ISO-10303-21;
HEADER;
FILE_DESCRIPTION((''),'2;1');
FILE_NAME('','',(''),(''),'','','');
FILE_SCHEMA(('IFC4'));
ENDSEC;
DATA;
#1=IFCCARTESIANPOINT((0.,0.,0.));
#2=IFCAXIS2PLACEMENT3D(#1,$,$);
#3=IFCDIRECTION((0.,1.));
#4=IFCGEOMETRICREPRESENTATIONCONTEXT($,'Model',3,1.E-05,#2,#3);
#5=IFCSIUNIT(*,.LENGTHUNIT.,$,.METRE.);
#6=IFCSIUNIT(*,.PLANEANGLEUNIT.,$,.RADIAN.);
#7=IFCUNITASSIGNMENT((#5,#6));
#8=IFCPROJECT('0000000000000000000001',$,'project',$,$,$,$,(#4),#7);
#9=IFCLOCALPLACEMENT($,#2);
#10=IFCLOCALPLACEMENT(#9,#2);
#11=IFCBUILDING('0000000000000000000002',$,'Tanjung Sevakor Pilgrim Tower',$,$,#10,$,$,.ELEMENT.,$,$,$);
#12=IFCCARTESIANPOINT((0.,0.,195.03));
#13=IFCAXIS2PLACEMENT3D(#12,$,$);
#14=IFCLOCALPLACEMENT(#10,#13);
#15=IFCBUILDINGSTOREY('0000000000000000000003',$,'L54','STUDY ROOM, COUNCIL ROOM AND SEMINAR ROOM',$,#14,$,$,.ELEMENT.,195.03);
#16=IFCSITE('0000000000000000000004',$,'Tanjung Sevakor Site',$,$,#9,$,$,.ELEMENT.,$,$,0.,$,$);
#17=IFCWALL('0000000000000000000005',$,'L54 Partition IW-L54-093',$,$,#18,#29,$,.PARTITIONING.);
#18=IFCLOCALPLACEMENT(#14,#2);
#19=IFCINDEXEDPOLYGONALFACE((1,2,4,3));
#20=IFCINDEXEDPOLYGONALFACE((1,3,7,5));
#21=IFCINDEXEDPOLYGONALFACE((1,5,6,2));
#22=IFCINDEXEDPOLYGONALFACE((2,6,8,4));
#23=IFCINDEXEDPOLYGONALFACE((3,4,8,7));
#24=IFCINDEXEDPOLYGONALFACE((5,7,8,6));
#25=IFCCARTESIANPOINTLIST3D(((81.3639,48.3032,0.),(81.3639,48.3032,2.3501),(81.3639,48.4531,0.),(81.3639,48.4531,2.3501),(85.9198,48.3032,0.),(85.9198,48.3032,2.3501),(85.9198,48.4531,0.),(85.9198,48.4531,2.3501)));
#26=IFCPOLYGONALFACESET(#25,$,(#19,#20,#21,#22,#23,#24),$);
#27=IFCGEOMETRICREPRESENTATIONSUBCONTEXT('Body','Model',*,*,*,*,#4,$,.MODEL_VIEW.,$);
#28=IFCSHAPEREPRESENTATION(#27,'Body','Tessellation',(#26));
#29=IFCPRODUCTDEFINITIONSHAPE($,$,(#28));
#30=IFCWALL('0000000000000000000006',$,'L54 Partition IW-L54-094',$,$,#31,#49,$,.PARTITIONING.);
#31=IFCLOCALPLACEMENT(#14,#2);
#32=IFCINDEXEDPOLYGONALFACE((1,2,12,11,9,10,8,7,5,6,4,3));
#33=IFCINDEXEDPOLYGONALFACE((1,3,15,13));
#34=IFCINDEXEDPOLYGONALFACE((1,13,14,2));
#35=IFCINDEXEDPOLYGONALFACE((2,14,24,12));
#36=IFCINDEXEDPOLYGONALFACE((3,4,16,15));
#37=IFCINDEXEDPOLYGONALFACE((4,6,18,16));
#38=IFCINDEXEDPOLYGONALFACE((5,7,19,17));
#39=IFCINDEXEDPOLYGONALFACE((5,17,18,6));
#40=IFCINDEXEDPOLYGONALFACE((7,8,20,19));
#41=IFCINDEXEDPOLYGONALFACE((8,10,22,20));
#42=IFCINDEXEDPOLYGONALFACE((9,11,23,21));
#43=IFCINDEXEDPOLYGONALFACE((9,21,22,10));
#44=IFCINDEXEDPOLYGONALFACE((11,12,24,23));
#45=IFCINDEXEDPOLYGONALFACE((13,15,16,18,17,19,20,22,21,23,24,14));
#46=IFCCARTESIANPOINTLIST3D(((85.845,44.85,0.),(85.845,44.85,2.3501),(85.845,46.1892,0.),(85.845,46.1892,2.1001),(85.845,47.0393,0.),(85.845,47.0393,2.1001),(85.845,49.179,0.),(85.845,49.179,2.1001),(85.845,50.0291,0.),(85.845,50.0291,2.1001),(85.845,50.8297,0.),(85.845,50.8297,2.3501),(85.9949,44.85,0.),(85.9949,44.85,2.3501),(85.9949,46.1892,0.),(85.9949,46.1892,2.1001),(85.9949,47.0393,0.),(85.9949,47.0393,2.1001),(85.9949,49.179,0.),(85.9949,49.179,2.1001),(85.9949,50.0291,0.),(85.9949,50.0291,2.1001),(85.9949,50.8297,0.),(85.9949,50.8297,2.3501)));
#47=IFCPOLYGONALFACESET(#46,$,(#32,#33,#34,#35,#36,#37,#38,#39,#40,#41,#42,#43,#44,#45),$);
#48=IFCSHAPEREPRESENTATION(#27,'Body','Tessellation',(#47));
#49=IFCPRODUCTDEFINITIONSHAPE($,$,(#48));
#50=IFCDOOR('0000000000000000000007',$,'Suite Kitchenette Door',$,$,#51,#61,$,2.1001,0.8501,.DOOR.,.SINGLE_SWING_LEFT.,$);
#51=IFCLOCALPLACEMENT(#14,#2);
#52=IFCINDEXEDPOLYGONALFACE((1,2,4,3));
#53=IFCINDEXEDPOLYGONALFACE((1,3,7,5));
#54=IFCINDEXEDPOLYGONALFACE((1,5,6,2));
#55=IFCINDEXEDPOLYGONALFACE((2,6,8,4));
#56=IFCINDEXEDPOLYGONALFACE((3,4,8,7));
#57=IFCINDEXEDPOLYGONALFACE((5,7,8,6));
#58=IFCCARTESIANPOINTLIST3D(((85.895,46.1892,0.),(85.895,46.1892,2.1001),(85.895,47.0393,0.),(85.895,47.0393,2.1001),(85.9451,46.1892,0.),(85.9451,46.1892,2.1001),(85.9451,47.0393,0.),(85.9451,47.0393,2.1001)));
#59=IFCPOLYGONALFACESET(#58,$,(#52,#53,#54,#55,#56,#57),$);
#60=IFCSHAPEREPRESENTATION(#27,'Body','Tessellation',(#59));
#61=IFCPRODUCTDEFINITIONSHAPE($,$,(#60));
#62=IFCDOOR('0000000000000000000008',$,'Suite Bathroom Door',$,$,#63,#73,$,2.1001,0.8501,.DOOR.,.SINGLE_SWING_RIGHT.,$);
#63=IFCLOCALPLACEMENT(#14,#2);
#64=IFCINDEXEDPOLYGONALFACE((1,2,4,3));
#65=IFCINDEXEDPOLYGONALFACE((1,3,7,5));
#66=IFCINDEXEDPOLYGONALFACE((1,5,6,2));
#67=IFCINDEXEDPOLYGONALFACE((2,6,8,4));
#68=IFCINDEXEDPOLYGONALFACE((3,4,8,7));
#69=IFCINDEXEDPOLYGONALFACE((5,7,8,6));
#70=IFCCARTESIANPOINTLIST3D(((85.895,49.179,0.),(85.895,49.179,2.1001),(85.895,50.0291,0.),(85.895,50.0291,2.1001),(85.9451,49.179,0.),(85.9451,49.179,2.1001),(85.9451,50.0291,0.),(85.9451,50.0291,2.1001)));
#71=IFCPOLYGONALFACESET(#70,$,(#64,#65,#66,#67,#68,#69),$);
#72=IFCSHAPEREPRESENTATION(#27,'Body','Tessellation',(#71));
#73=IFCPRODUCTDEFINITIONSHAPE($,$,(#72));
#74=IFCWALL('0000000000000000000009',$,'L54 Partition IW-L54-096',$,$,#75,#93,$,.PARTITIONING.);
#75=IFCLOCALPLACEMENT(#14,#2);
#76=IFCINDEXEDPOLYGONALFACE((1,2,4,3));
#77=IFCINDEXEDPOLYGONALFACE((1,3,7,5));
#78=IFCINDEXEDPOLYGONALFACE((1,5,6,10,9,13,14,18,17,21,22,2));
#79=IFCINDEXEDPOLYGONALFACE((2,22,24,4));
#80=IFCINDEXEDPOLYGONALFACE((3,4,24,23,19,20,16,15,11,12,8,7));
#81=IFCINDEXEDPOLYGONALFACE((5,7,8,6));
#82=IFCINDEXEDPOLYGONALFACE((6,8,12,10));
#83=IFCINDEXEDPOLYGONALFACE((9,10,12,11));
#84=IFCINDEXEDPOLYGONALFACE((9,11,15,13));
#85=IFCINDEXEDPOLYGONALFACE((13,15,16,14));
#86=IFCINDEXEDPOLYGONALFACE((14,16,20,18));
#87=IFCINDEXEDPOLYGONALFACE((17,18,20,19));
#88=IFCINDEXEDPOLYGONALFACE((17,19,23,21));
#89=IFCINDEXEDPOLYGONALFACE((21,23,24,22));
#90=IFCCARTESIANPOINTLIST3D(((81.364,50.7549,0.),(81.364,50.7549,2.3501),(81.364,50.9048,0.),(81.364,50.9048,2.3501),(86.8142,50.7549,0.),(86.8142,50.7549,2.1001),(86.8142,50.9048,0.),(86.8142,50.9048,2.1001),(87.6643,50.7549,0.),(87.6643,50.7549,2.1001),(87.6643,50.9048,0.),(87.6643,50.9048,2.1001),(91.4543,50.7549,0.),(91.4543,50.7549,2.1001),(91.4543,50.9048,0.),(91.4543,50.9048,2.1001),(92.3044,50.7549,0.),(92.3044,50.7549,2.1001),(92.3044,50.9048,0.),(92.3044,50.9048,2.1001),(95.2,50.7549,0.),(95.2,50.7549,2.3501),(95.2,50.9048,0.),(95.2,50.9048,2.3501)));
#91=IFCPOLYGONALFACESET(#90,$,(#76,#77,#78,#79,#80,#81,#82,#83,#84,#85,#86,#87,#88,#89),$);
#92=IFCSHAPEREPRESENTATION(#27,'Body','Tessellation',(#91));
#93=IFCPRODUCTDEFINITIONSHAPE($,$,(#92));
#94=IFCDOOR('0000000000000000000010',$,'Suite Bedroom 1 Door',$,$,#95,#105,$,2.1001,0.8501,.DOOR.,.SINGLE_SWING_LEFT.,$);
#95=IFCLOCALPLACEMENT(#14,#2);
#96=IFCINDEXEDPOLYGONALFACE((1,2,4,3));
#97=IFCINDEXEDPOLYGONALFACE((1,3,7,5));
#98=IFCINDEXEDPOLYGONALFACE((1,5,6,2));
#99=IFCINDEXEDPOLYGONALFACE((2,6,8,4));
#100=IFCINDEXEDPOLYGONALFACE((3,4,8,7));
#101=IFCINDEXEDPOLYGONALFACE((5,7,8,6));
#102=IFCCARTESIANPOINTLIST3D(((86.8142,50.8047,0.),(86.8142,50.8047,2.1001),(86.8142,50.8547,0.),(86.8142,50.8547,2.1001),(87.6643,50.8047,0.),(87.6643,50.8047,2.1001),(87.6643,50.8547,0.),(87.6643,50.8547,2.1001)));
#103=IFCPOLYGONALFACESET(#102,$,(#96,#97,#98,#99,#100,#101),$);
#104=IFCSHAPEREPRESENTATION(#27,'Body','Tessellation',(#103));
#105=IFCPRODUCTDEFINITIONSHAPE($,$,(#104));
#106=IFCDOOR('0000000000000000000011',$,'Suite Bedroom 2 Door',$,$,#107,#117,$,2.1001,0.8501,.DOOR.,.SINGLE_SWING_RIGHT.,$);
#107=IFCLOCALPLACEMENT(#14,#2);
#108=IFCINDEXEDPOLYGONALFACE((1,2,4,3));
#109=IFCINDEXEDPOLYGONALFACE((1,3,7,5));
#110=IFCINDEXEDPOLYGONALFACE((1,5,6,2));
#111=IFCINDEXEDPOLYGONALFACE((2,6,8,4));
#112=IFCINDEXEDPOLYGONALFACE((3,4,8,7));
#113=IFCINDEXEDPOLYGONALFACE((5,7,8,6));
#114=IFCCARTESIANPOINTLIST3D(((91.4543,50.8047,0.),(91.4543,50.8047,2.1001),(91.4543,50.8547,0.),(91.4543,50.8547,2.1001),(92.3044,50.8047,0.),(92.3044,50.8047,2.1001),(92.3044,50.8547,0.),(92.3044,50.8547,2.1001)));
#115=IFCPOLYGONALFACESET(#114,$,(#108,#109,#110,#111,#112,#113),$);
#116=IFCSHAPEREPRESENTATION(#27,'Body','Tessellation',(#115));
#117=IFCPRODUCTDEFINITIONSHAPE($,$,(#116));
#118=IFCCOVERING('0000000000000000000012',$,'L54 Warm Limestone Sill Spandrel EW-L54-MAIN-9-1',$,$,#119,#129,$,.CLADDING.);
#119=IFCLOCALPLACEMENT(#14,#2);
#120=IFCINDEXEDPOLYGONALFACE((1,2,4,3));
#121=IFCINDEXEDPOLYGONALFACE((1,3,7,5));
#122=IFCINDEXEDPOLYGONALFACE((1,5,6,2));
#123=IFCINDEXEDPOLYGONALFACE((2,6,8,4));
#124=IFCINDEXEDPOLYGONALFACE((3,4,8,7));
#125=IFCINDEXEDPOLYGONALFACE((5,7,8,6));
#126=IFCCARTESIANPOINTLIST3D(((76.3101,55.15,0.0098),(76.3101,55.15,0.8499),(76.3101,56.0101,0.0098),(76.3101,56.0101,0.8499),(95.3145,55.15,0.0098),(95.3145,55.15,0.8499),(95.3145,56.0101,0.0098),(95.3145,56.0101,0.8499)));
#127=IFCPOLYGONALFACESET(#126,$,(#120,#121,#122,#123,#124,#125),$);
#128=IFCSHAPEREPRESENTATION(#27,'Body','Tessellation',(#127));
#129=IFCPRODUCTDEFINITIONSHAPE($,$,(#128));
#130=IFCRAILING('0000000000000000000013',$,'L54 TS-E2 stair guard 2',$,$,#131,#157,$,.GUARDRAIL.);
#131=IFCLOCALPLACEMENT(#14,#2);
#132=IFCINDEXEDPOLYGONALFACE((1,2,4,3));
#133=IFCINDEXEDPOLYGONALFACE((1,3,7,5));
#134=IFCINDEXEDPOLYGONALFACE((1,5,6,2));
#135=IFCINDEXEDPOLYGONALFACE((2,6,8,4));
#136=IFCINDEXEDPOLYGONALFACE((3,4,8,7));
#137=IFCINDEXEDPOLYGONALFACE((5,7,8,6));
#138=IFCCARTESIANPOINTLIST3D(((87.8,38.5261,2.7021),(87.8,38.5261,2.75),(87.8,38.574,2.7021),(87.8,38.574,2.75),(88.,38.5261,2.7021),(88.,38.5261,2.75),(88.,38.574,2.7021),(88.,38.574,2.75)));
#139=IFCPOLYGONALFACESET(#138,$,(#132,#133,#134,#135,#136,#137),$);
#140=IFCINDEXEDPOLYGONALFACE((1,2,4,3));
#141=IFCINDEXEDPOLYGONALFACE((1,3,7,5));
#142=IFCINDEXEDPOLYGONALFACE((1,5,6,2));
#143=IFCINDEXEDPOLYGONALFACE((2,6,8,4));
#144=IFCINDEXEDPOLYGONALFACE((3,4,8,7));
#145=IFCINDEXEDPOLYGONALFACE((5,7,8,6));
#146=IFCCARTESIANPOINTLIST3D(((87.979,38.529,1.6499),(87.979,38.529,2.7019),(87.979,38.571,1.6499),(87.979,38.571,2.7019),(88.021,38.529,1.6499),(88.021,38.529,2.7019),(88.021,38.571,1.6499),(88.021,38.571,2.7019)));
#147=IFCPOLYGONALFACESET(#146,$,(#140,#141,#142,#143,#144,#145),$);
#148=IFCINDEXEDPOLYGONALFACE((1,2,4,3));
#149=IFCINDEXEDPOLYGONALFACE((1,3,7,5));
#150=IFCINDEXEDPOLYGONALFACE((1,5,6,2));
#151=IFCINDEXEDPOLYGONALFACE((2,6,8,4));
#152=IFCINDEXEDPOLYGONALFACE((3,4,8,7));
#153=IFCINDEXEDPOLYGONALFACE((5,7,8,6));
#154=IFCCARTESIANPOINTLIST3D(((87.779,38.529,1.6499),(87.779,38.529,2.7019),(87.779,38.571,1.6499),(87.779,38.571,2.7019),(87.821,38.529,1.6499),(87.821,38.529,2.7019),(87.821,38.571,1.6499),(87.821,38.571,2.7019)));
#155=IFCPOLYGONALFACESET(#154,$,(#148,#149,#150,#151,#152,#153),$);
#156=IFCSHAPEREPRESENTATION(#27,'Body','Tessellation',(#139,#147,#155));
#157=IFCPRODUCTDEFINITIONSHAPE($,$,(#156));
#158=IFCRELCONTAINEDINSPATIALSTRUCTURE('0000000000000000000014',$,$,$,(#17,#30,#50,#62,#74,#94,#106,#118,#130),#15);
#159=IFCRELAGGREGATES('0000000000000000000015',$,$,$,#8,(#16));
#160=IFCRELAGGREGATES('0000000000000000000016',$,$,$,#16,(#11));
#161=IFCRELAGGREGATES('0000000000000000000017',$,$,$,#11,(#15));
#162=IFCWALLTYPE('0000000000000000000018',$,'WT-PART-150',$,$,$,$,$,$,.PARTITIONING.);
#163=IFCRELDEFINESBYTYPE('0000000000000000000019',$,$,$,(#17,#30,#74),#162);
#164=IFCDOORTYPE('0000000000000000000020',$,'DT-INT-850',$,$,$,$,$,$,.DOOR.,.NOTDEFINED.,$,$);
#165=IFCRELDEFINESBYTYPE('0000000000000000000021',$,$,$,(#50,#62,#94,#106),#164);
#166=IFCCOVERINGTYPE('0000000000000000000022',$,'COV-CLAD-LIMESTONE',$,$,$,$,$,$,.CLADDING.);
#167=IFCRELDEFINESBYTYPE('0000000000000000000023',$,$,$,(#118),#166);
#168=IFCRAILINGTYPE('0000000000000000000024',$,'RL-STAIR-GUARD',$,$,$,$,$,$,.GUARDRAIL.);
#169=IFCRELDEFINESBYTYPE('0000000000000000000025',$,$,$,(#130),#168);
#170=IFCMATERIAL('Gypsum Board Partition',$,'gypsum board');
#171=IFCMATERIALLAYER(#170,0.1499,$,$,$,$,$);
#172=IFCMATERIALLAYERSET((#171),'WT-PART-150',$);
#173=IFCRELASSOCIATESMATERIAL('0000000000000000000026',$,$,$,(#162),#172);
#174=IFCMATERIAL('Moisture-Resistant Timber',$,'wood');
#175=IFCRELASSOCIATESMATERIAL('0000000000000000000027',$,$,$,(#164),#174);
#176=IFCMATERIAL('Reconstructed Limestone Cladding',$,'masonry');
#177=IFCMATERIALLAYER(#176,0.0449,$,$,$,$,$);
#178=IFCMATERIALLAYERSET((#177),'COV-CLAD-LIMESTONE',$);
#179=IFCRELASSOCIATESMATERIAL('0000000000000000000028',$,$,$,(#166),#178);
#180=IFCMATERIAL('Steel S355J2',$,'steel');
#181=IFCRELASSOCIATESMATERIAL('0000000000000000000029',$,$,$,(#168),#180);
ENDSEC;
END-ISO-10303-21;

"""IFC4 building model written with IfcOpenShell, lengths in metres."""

from ifc_helpers import new_model, si_unit, direction, frame, frame_2d, origin, origin_2d, place, context, subcontext, project, spatial, rectangle, extrude, material, layer, layer_set, type_object, element, fill, save


model = new_model("IFC4")

# Units and contexts
model_context = context("Model", 3, precision=1e-05, world=origin(), true_north=direction((0.0, 1.0)))
body_context = subcontext(model_context, "Body", "Model", "MODEL_VIEW")
ifc_project = project(units=[si_unit("LENGTHUNIT", "METRE"), si_unit("PLANEANGLEUNIT", "RADIAN")], contexts=[model_context])

# Site, building, storey
site_placement = place(None, origin())
site = spatial("IfcSite", under=ifc_project, at=site_placement, Name="Tanjung Sevakor Site", CompositionType="ELEMENT", RefElevation=0.0)
building_placement = place(site_placement, origin())
building = spatial("IfcBuilding", under=site, at=building_placement, Name="Tanjung Sevakor Pilgrim Tower", CompositionType="ELEMENT")
storey_placement = place(building_placement, frame((0.0, 0.0, 195.03)))
storey = spatial("IfcBuildingStorey", under=building, at=storey_placement, Name="L54", Description="STUDY ROOM, COUNCIL ROOM AND SEMINAR ROOM", CompositionType="ELEMENT", Elevation=195.03)

# Wall
ifc_material_1 = material(Name="Gypsum Board Partition", Category="gypsum board")
ifc_layer_1 = layer(ifc_material_1, 0.1499)
ifc_layer_set_1 = layer_set([ifc_layer_1], Name="WT-PART-150")
wall_type_1 = type_object("IfcWallType", Name="WT-PART-150", PredefinedType="PARTITIONING", material=ifc_layer_set_1)
wall_1_placement = place(storey_placement, frame((81.364, 48.3782, 0.0), z_axis=(0.0, 0.0, 1.0), x_axis=(1.0, 0.0, 0.0)))
element("IfcWall", 1, at=wall_1_placement, inside=storey, type_object=wall_type_1, Name="L54 Partition IW-L54-093", PredefinedType="PARTITIONING", context=body_context, shape_type="SweptSolid", body=[
    extrude(rectangle(XDim=4.5559, YDim=0.1499, at=frame_2d((2.2778, 0.0))), origin(), (0.0, 0.0, 1.0), 2.3501),
])

# Walls, openings, doors
wall_2_placement = place(storey_placement, frame((85.9199, 44.8501, 0.0), z_axis=(0.0, 0.0, 1.0), x_axis=(0.0, 1.0, 0.0)))
wall_2 = element("IfcWall", 2, at=wall_2_placement, inside=storey, type_object=wall_type_1, Name="L54 Partition IW-L54-094", PredefinedType="PARTITIONING", context=body_context, shape_type="SweptSolid", body=[
    extrude(rectangle(XDim=5.9797, YDim=0.1499, at=frame_2d((2.9897, 0.0))), origin(), (0.0, 0.0, 1.0), 2.3501),
])
opening_1_placement = place(wall_2_placement, frame((1.3391, 0.0, 0.0)))
opening_1 = element("IfcOpeningElement", 3, at=opening_1_placement, cuts=wall_2, PredefinedType="OPENING", context=body_context, shape_type="SweptSolid", body=[
    extrude(rectangle(XDim=0.8501, YDim=2.1001, at=frame_2d((0.425, 1.05))), frame((0.0, 0.085, 0.0), z_axis=(0.0, -1.0, 0.0), x_axis=(1.0, 0.0, 0.0)), (0.0, 0.0, 1.0), 0.1699),
])
opening_2_placement = place(wall_2_placement, frame((4.3289, 0.0, 0.0)))
opening_2 = element("IfcOpeningElement", 4, at=opening_2_placement, cuts=wall_2, PredefinedType="OPENING", context=body_context, shape_type="SweptSolid", body=[
    extrude(rectangle(XDim=0.8501, YDim=2.1001, at=frame_2d((0.425, 1.05))), frame((0.0, 0.085, 0.0), z_axis=(0.0, -1.0, 0.0), x_axis=(1.0, 0.0, 0.0)), (0.0, 0.0, 1.0), 0.1699),
])
ifc_material_2 = material(Name="Moisture-Resistant Timber", Category="wood")
door_type_1 = type_object("IfcDoorType", Name="DT-INT-850", OperationType="NOTDEFINED", PredefinedType="DOOR", material=ifc_material_2)
door_1_placement = place(opening_1_placement, origin())
door_1 = element("IfcDoor", 5, at=door_1_placement, inside=storey, type_object=door_type_1, Name="Suite Kitchenette Door", OperationType="SINGLE_SWING_LEFT", OverallHeight=2.1001, OverallWidth=0.8501, PredefinedType="DOOR", context=body_context, shape_type="SweptSolid", body=[
    extrude(rectangle(XDim=0.8501, YDim=2.1001, at=frame_2d((0.425, 1.05))), frame((0.0, 0.0249, 0.0), z_axis=(0.0, -1.0, 0.0), x_axis=(1.0, 0.0, 0.0)), (0.0, 0.0, 1.0), 0.05),
])
fill(opening_1, door_1)
door_2_placement = place(opening_2_placement, origin())
door_2 = element("IfcDoor", 6, at=door_2_placement, inside=storey, type_object=door_type_1, Name="Suite Bathroom Door", OperationType="SINGLE_SWING_RIGHT", OverallHeight=2.1001, OverallWidth=0.8501, PredefinedType="DOOR", context=body_context, shape_type="SweptSolid", body=[
    extrude(rectangle(XDim=0.8501, YDim=2.1001, at=frame_2d((0.425, 1.05))), frame((0.0, 0.0249, 0.0), z_axis=(0.0, -1.0, 0.0), x_axis=(1.0, 0.0, 0.0)), (0.0, 0.0, 1.0), 0.05),
])
fill(opening_2, door_2)
wall_3_placement = place(storey_placement, frame((81.364, 50.8298, 0.0), z_axis=(0.0, 0.0, 1.0), x_axis=(1.0, 0.0, 0.0)))
wall_3 = element("IfcWall", 7, at=wall_3_placement, inside=storey, type_object=wall_type_1, Name="L54 Partition IW-L54-096", PredefinedType="PARTITIONING", context=body_context, shape_type="SweptSolid", body=[
    extrude(rectangle(XDim=13.8359, YDim=0.1499, at=frame_2d((6.918, 0.0))), origin(), (0.0, 0.0, 1.0), 2.3501),
])
opening_3_placement = place(wall_3_placement, frame((5.4502, 0.0, 0.0)))
opening_3 = element("IfcOpeningElement", 8, at=opening_3_placement, cuts=wall_3, PredefinedType="OPENING", context=body_context, shape_type="SweptSolid", body=[
    extrude(rectangle(XDim=0.8501, YDim=2.1001, at=frame_2d((0.425, 1.05))), frame((0.0, 0.085, 0.0), z_axis=(0.0, -1.0, 0.0), x_axis=(1.0, 0.0, 0.0)), (0.0, 0.0, 1.0), 0.1699),
])
opening_4_placement = place(wall_3_placement, frame((10.0903, 0.0, 0.0)))
opening_4 = element("IfcOpeningElement", 9, at=opening_4_placement, cuts=wall_3, PredefinedType="OPENING", context=body_context, shape_type="SweptSolid", body=[
    extrude(rectangle(XDim=0.8501, YDim=2.1001, at=frame_2d((0.425, 1.05))), frame((0.0, 0.085, 0.0), z_axis=(0.0, -1.0, 0.0), x_axis=(1.0, 0.0, 0.0)), (0.0, 0.0, 1.0), 0.1699),
])
door_3_placement = place(opening_3_placement, origin())
door_3 = element("IfcDoor", 10, at=door_3_placement, inside=storey, type_object=door_type_1, Name="Suite Bedroom 1 Door", OperationType="SINGLE_SWING_LEFT", OverallHeight=2.1001, OverallWidth=0.8501, PredefinedType="DOOR", context=body_context, shape_type="SweptSolid", body=[
    extrude(rectangle(XDim=0.8501, YDim=2.1001, at=frame_2d((0.425, 1.05))), frame((0.0, 0.0249, 0.0), z_axis=(0.0, -1.0, 0.0), x_axis=(1.0, 0.0, 0.0)), (0.0, 0.0, 1.0), 0.05),
])
fill(opening_3, door_3)
door_4_placement = place(opening_4_placement, origin())
door_4 = element("IfcDoor", 11, at=door_4_placement, inside=storey, type_object=door_type_1, Name="Suite Bedroom 2 Door", OperationType="SINGLE_SWING_RIGHT", OverallHeight=2.1001, OverallWidth=0.8501, PredefinedType="DOOR", context=body_context, shape_type="SweptSolid", body=[
    extrude(rectangle(XDim=0.8501, YDim=2.1001, at=frame_2d((0.425, 1.05))), frame((0.0, 0.0249, 0.0), z_axis=(0.0, -1.0, 0.0), x_axis=(1.0, 0.0, 0.0)), (0.0, 0.0, 1.0), 0.05),
])
fill(opening_4, door_4)

# Covering
ifc_material_3 = material(Name="Reconstructed Limestone Cladding", Category="masonry")
ifc_layer_2 = layer(ifc_material_3, 0.0449)
ifc_layer_set_2 = layer_set([ifc_layer_2], Name="COV-CLAD-LIMESTONE")
covering_type = type_object("IfcCoveringType", Name="COV-CLAD-LIMESTONE", PredefinedType="CLADDING", material=ifc_layer_set_2)
covering_placement = place(storey_placement, frame((85.8123, 55.5801, 0.0098), z_axis=(0.0, 0.0, 1.0), x_axis=(-1.0, 0.0, 0.0)))
element("IfcCovering", 12, at=covering_placement, inside=storey, type_object=covering_type, Name="L54 Warm Limestone Sill Spandrel EW-L54-MAIN-9-1", PredefinedType="CLADDING", context=body_context, shape_type="SweptSolid", body=[
    extrude(rectangle(XDim=19.0044, YDim=0.8601, at=origin_2d()), origin(), (0.0, 0.0, 1.0), 0.8401),
])

# Railing
ifc_material_4 = material(Name="Steel S355J2", Category="steel")
railing_type = type_object("IfcRailingType", Name="RL-STAIR-GUARD", PredefinedType="GUARDRAIL", material=ifc_material_4)
railing_1_placement = place(storey_placement, frame((88.0, 38.55, 1.6499)))
element("IfcRailing", 13, at=railing_1_placement, inside=storey, type_object=railing_type, Name="L54 TS-E2 stair guard 2", PredefinedType="GUARDRAIL", context=body_context, shape_type="SweptSolid", body=[
    extrude(rectangle(XDim=0.0479, YDim=0.0479), frame((0.0, 0.0, 1.0762), z_axis=(-1.0, 0.0, 0.0), x_axis=(0.0, -1.0, 0.0)), (0.0, 0.0, 1.0), 0.2),
    extrude(rectangle(XDim=0.042, YDim=0.042), origin(), (0.0, 0.0, 1.0), 1.052),
    extrude(rectangle(XDim=0.042, YDim=0.042), frame((-0.2, 0.0, 0.0)), (0.0, 0.0, 1.0), 1.052),
])

save(model, "model.ifc")
